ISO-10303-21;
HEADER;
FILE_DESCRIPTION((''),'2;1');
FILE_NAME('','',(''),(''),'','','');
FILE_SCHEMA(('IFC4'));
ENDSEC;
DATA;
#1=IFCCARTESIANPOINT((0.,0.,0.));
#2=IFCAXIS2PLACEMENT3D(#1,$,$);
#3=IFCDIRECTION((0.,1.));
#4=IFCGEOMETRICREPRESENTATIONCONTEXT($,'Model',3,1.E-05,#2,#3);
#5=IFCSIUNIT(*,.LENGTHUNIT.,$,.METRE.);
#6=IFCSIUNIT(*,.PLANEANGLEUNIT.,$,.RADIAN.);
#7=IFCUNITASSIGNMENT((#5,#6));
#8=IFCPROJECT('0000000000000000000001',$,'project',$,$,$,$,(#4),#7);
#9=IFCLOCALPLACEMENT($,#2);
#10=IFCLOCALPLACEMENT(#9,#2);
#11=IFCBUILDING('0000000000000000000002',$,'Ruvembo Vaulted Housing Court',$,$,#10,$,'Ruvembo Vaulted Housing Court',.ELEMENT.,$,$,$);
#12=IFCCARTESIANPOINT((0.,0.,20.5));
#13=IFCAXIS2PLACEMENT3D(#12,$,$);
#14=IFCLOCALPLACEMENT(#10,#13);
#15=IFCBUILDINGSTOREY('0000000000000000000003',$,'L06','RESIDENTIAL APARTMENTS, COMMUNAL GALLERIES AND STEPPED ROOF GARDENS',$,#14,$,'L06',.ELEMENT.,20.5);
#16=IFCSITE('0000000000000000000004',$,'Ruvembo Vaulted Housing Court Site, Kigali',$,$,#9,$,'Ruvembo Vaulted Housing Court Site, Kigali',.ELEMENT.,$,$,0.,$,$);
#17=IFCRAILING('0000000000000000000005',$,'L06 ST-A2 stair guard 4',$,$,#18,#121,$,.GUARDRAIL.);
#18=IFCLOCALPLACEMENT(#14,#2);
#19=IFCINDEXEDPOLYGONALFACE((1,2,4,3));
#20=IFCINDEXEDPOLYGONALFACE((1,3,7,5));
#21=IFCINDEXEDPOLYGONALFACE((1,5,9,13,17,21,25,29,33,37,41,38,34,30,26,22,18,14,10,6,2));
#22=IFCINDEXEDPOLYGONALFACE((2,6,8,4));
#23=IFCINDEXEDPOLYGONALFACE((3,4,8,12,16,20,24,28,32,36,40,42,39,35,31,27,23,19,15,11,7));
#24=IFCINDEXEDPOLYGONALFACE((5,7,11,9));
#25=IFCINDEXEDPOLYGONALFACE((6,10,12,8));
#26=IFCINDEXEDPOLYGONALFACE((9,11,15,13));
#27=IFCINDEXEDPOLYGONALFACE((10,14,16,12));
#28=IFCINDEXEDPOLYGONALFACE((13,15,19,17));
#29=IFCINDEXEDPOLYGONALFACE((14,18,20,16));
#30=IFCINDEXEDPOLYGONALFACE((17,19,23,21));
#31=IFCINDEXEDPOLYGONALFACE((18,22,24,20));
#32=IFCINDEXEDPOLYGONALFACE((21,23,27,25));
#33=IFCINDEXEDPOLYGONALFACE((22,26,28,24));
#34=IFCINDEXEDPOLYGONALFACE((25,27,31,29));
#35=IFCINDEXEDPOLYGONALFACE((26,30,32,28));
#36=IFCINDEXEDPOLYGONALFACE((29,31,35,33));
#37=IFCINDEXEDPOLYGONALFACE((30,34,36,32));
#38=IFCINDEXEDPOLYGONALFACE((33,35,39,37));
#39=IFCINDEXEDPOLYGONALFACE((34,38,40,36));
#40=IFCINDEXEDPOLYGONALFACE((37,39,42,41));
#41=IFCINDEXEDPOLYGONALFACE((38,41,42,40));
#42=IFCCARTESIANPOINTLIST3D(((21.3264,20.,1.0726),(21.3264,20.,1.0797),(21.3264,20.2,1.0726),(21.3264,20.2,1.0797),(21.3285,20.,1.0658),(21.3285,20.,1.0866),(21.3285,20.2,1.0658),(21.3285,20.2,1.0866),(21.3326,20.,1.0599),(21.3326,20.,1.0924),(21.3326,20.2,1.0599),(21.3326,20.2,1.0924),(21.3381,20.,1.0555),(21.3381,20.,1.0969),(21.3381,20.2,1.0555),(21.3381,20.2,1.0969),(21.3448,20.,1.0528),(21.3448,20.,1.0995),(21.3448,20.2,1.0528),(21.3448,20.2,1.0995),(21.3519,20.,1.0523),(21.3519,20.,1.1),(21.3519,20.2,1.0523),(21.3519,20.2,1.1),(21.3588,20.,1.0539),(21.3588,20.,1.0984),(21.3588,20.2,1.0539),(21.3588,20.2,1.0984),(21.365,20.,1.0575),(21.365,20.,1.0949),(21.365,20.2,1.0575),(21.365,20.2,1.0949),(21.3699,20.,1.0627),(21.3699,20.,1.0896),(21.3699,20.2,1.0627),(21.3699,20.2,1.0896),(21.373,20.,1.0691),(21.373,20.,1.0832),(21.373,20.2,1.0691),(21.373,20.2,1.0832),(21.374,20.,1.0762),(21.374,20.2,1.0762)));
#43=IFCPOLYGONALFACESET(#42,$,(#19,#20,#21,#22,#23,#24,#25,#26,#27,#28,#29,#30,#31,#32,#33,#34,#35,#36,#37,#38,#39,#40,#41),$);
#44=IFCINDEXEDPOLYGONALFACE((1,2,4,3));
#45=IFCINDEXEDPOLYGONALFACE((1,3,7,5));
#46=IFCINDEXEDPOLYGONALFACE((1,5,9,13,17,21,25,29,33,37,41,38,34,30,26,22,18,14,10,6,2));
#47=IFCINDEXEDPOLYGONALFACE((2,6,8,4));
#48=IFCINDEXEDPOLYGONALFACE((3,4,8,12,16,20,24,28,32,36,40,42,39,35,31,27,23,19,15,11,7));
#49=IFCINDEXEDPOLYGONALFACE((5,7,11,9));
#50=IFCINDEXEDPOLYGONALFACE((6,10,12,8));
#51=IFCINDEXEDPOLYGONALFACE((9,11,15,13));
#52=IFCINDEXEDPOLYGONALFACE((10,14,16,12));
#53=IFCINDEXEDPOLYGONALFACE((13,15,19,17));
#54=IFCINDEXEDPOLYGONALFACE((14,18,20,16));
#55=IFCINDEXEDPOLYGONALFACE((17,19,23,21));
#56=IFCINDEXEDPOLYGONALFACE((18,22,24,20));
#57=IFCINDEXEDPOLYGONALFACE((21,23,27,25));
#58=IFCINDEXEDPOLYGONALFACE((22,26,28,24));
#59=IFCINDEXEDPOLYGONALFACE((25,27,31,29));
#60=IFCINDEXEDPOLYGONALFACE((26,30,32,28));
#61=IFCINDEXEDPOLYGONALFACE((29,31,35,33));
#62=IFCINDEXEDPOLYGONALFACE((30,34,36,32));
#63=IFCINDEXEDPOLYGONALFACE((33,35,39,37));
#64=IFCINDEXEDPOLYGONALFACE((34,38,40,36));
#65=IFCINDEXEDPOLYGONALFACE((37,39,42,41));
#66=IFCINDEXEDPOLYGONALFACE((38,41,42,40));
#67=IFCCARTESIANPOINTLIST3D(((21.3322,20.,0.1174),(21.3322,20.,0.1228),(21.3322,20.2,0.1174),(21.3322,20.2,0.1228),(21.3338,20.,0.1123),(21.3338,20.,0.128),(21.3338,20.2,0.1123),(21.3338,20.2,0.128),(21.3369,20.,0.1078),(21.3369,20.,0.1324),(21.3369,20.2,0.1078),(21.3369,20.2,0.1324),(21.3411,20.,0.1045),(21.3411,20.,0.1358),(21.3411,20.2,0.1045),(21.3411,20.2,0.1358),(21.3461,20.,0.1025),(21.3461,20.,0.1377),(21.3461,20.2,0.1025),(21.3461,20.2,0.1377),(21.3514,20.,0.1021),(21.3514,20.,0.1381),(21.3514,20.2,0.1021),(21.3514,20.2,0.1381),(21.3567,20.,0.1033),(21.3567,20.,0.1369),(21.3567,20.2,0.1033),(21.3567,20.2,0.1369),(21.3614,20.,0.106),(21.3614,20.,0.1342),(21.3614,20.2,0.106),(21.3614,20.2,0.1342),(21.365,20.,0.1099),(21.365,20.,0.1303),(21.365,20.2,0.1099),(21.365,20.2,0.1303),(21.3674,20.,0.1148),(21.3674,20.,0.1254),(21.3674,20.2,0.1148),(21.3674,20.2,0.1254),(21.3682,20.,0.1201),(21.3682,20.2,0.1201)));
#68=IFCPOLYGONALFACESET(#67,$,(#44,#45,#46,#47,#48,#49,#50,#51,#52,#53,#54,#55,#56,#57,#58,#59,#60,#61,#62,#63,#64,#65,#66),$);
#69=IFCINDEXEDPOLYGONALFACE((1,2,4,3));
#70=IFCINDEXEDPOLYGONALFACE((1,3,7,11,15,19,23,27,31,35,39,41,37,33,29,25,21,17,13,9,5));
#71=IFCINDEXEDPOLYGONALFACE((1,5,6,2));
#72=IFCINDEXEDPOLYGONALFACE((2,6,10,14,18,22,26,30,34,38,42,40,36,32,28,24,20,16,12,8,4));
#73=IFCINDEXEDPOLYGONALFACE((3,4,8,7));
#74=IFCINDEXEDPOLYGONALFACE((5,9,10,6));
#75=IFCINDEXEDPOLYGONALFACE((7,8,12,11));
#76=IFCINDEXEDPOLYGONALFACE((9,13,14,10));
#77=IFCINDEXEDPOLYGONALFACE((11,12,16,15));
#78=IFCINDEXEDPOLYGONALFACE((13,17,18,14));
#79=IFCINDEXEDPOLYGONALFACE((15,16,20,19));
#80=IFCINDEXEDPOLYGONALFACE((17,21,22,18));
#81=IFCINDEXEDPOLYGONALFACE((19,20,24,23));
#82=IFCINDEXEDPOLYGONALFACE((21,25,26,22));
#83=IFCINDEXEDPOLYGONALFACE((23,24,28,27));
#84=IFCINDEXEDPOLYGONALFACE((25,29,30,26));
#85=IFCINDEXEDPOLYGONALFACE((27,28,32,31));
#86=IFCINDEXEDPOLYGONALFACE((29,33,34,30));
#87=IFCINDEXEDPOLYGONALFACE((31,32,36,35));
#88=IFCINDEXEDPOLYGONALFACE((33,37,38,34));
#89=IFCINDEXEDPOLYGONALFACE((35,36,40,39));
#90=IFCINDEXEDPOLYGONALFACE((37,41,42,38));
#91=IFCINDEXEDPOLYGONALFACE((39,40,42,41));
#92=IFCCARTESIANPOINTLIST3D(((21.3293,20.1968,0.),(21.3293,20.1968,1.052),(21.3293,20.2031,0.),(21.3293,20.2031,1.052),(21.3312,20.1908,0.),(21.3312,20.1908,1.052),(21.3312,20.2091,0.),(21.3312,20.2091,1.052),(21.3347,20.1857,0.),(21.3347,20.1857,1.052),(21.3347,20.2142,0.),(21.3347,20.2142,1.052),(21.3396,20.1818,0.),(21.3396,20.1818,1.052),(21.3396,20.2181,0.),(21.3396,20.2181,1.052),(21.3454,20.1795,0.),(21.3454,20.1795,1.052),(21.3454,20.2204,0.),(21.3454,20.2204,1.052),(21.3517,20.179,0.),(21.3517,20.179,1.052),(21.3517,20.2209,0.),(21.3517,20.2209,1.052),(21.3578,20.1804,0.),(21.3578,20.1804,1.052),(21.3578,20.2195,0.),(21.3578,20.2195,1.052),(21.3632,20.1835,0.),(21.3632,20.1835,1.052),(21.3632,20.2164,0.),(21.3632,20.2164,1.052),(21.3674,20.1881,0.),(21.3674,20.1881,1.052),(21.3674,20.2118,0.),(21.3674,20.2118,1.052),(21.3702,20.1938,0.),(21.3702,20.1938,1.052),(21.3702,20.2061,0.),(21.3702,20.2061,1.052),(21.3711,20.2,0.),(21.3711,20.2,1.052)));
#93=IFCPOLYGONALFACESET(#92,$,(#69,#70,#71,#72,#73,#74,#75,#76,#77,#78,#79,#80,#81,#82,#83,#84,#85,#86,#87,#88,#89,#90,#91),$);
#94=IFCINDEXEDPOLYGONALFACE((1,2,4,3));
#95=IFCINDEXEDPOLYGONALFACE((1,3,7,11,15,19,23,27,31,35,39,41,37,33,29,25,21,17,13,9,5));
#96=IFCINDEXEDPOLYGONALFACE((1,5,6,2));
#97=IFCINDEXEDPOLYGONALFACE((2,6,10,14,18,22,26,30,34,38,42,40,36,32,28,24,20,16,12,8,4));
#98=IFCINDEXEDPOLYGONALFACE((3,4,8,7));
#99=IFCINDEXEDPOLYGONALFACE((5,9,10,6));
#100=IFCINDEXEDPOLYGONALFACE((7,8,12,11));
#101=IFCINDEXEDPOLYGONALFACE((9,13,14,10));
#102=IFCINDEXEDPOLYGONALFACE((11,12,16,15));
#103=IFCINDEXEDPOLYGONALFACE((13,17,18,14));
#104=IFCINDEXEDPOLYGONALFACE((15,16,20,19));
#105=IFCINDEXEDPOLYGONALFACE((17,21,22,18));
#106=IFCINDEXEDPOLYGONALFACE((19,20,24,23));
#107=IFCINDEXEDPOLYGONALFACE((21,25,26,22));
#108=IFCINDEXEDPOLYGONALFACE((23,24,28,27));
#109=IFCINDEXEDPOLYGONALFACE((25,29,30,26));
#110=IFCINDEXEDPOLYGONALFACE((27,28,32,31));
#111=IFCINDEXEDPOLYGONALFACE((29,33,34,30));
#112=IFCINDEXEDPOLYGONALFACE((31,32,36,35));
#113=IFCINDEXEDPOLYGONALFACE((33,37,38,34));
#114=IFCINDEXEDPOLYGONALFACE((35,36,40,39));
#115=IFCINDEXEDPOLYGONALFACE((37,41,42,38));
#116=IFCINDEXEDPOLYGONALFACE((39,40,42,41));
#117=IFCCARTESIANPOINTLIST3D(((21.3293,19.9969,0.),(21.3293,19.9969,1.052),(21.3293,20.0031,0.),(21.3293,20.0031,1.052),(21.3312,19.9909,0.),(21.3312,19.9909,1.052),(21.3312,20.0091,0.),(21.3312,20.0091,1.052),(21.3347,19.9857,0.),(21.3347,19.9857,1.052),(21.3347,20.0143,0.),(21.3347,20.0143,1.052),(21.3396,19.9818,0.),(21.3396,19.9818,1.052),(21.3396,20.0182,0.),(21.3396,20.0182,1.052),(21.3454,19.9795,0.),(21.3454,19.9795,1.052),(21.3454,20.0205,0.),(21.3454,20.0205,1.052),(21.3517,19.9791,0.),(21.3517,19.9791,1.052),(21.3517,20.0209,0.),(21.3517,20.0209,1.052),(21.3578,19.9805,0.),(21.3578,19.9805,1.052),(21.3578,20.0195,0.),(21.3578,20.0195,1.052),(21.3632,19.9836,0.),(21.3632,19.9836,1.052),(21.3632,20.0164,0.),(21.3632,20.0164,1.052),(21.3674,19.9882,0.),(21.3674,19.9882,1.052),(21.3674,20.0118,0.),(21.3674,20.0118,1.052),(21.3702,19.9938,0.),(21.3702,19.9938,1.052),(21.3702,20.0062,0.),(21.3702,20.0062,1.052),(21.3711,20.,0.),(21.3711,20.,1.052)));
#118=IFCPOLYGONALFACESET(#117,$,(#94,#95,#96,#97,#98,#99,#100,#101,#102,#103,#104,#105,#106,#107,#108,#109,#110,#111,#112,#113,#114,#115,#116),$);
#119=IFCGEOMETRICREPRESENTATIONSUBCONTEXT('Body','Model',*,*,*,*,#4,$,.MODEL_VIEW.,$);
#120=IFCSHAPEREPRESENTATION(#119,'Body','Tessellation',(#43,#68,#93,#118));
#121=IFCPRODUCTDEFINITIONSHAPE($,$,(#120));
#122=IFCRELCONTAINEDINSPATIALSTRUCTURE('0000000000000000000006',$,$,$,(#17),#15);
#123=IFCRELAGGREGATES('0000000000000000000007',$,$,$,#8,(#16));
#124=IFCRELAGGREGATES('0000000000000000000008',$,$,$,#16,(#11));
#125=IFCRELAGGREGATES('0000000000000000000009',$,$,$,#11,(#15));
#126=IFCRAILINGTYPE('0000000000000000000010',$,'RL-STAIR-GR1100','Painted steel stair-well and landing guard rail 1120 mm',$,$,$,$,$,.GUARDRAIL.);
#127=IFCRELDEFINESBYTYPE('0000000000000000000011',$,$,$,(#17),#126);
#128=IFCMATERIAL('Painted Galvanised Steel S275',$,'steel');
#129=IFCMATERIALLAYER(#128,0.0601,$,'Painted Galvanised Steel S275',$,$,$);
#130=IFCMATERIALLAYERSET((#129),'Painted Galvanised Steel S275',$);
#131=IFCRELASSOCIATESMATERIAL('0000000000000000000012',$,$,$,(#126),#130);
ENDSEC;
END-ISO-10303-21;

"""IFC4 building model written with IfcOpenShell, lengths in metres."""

from ifc_helpers import new_model, si_unit, direction, frame, origin, origin_2d, place, context, subcontext, project, spatial, circle, extrude, material, layer, layer_set, type_object, element, save


model = new_model("IFC4")

# Units and contexts
model_context = context("Model", 3, precision=1e-05, world=origin(), true_north=direction((0.0, 1.0)))
body_context = subcontext(model_context, "Body", "Model", "MODEL_VIEW")
ifc_project = project(units=[si_unit("LENGTHUNIT", "METRE"), si_unit("PLANEANGLEUNIT", "RADIAN")], contexts=[model_context])

# Site, building, storey
site_placement = place(None, origin())
site = spatial("IfcSite", under=ifc_project, at=site_placement, Name="Ruvembo Vaulted Housing Court Site, Kigali", LongName="Ruvembo Vaulted Housing Court Site, Kigali", CompositionType="ELEMENT", RefElevation=0.0)
building_placement = place(site_placement, origin())
building = spatial("IfcBuilding", under=site, at=building_placement, Name="Ruvembo Vaulted Housing Court", LongName="Ruvembo Vaulted Housing Court", CompositionType="ELEMENT")
storey_placement = place(building_placement, frame((0.0, 0.0, 20.5)))
storey = spatial("IfcBuildingStorey", under=building, at=storey_placement, Name="L06", Description="RESIDENTIAL APARTMENTS, COMMUNAL GALLERIES AND STEPPED ROOF GARDENS", LongName="L06", CompositionType="ELEMENT", Elevation=20.5)

# Railing
ifc_material_1 = material(Name="Painted Galvanised Steel S275", Category="steel")
ifc_layer_1 = layer(ifc_material_1, 0.0601, Name="Painted Galvanised Steel S275")
ifc_layer_set_1 = layer_set([ifc_layer_1], Name="Painted Galvanised Steel S275")
railing_type_1 = type_object("IfcRailingType", Name="RL-STAIR-GR1100", Description="Painted steel stair-well and landing guard rail 1120 mm", PredefinedType="GUARDRAIL", material=ifc_layer_set_1)
railing_1_placement = place(storey_placement, frame((21.3501, 20.2, 0.0)))
element("IfcRailing", 1, at=railing_1_placement, inside=storey, type_object=railing_type_1, Name="L06 ST-A2 stair guard 4", PredefinedType="GUARDRAIL", context=body_context, shape_type="SweptSolid", body=[
    extrude(circle(Radius=0.0239, at=origin_2d()), frame((0.0, 0.0, 1.0762), z_axis=(0.0, -1.0, 0.0), x_axis=(1.0, 0.0, 0.0)), (0.0, 0.0, 1.0), 0.2),
    extrude(circle(Radius=0.0181, at=origin_2d()), frame((0.0, 0.0, 0.1201), z_axis=(0.0, -1.0, 0.0), x_axis=(1.0, 0.0, 0.0)), (0.0, 0.0, 1.0), 0.2),
    extrude(circle(Radius=0.021, at=origin_2d()), origin(), (0.0, 0.0, 1.0), 1.052),
    extrude(circle(Radius=0.021, at=origin_2d()), frame((0.0, -0.2, 0.0)), (0.0, 0.0, 1.0), 1.052),
])

save(model, "model.ifc")
